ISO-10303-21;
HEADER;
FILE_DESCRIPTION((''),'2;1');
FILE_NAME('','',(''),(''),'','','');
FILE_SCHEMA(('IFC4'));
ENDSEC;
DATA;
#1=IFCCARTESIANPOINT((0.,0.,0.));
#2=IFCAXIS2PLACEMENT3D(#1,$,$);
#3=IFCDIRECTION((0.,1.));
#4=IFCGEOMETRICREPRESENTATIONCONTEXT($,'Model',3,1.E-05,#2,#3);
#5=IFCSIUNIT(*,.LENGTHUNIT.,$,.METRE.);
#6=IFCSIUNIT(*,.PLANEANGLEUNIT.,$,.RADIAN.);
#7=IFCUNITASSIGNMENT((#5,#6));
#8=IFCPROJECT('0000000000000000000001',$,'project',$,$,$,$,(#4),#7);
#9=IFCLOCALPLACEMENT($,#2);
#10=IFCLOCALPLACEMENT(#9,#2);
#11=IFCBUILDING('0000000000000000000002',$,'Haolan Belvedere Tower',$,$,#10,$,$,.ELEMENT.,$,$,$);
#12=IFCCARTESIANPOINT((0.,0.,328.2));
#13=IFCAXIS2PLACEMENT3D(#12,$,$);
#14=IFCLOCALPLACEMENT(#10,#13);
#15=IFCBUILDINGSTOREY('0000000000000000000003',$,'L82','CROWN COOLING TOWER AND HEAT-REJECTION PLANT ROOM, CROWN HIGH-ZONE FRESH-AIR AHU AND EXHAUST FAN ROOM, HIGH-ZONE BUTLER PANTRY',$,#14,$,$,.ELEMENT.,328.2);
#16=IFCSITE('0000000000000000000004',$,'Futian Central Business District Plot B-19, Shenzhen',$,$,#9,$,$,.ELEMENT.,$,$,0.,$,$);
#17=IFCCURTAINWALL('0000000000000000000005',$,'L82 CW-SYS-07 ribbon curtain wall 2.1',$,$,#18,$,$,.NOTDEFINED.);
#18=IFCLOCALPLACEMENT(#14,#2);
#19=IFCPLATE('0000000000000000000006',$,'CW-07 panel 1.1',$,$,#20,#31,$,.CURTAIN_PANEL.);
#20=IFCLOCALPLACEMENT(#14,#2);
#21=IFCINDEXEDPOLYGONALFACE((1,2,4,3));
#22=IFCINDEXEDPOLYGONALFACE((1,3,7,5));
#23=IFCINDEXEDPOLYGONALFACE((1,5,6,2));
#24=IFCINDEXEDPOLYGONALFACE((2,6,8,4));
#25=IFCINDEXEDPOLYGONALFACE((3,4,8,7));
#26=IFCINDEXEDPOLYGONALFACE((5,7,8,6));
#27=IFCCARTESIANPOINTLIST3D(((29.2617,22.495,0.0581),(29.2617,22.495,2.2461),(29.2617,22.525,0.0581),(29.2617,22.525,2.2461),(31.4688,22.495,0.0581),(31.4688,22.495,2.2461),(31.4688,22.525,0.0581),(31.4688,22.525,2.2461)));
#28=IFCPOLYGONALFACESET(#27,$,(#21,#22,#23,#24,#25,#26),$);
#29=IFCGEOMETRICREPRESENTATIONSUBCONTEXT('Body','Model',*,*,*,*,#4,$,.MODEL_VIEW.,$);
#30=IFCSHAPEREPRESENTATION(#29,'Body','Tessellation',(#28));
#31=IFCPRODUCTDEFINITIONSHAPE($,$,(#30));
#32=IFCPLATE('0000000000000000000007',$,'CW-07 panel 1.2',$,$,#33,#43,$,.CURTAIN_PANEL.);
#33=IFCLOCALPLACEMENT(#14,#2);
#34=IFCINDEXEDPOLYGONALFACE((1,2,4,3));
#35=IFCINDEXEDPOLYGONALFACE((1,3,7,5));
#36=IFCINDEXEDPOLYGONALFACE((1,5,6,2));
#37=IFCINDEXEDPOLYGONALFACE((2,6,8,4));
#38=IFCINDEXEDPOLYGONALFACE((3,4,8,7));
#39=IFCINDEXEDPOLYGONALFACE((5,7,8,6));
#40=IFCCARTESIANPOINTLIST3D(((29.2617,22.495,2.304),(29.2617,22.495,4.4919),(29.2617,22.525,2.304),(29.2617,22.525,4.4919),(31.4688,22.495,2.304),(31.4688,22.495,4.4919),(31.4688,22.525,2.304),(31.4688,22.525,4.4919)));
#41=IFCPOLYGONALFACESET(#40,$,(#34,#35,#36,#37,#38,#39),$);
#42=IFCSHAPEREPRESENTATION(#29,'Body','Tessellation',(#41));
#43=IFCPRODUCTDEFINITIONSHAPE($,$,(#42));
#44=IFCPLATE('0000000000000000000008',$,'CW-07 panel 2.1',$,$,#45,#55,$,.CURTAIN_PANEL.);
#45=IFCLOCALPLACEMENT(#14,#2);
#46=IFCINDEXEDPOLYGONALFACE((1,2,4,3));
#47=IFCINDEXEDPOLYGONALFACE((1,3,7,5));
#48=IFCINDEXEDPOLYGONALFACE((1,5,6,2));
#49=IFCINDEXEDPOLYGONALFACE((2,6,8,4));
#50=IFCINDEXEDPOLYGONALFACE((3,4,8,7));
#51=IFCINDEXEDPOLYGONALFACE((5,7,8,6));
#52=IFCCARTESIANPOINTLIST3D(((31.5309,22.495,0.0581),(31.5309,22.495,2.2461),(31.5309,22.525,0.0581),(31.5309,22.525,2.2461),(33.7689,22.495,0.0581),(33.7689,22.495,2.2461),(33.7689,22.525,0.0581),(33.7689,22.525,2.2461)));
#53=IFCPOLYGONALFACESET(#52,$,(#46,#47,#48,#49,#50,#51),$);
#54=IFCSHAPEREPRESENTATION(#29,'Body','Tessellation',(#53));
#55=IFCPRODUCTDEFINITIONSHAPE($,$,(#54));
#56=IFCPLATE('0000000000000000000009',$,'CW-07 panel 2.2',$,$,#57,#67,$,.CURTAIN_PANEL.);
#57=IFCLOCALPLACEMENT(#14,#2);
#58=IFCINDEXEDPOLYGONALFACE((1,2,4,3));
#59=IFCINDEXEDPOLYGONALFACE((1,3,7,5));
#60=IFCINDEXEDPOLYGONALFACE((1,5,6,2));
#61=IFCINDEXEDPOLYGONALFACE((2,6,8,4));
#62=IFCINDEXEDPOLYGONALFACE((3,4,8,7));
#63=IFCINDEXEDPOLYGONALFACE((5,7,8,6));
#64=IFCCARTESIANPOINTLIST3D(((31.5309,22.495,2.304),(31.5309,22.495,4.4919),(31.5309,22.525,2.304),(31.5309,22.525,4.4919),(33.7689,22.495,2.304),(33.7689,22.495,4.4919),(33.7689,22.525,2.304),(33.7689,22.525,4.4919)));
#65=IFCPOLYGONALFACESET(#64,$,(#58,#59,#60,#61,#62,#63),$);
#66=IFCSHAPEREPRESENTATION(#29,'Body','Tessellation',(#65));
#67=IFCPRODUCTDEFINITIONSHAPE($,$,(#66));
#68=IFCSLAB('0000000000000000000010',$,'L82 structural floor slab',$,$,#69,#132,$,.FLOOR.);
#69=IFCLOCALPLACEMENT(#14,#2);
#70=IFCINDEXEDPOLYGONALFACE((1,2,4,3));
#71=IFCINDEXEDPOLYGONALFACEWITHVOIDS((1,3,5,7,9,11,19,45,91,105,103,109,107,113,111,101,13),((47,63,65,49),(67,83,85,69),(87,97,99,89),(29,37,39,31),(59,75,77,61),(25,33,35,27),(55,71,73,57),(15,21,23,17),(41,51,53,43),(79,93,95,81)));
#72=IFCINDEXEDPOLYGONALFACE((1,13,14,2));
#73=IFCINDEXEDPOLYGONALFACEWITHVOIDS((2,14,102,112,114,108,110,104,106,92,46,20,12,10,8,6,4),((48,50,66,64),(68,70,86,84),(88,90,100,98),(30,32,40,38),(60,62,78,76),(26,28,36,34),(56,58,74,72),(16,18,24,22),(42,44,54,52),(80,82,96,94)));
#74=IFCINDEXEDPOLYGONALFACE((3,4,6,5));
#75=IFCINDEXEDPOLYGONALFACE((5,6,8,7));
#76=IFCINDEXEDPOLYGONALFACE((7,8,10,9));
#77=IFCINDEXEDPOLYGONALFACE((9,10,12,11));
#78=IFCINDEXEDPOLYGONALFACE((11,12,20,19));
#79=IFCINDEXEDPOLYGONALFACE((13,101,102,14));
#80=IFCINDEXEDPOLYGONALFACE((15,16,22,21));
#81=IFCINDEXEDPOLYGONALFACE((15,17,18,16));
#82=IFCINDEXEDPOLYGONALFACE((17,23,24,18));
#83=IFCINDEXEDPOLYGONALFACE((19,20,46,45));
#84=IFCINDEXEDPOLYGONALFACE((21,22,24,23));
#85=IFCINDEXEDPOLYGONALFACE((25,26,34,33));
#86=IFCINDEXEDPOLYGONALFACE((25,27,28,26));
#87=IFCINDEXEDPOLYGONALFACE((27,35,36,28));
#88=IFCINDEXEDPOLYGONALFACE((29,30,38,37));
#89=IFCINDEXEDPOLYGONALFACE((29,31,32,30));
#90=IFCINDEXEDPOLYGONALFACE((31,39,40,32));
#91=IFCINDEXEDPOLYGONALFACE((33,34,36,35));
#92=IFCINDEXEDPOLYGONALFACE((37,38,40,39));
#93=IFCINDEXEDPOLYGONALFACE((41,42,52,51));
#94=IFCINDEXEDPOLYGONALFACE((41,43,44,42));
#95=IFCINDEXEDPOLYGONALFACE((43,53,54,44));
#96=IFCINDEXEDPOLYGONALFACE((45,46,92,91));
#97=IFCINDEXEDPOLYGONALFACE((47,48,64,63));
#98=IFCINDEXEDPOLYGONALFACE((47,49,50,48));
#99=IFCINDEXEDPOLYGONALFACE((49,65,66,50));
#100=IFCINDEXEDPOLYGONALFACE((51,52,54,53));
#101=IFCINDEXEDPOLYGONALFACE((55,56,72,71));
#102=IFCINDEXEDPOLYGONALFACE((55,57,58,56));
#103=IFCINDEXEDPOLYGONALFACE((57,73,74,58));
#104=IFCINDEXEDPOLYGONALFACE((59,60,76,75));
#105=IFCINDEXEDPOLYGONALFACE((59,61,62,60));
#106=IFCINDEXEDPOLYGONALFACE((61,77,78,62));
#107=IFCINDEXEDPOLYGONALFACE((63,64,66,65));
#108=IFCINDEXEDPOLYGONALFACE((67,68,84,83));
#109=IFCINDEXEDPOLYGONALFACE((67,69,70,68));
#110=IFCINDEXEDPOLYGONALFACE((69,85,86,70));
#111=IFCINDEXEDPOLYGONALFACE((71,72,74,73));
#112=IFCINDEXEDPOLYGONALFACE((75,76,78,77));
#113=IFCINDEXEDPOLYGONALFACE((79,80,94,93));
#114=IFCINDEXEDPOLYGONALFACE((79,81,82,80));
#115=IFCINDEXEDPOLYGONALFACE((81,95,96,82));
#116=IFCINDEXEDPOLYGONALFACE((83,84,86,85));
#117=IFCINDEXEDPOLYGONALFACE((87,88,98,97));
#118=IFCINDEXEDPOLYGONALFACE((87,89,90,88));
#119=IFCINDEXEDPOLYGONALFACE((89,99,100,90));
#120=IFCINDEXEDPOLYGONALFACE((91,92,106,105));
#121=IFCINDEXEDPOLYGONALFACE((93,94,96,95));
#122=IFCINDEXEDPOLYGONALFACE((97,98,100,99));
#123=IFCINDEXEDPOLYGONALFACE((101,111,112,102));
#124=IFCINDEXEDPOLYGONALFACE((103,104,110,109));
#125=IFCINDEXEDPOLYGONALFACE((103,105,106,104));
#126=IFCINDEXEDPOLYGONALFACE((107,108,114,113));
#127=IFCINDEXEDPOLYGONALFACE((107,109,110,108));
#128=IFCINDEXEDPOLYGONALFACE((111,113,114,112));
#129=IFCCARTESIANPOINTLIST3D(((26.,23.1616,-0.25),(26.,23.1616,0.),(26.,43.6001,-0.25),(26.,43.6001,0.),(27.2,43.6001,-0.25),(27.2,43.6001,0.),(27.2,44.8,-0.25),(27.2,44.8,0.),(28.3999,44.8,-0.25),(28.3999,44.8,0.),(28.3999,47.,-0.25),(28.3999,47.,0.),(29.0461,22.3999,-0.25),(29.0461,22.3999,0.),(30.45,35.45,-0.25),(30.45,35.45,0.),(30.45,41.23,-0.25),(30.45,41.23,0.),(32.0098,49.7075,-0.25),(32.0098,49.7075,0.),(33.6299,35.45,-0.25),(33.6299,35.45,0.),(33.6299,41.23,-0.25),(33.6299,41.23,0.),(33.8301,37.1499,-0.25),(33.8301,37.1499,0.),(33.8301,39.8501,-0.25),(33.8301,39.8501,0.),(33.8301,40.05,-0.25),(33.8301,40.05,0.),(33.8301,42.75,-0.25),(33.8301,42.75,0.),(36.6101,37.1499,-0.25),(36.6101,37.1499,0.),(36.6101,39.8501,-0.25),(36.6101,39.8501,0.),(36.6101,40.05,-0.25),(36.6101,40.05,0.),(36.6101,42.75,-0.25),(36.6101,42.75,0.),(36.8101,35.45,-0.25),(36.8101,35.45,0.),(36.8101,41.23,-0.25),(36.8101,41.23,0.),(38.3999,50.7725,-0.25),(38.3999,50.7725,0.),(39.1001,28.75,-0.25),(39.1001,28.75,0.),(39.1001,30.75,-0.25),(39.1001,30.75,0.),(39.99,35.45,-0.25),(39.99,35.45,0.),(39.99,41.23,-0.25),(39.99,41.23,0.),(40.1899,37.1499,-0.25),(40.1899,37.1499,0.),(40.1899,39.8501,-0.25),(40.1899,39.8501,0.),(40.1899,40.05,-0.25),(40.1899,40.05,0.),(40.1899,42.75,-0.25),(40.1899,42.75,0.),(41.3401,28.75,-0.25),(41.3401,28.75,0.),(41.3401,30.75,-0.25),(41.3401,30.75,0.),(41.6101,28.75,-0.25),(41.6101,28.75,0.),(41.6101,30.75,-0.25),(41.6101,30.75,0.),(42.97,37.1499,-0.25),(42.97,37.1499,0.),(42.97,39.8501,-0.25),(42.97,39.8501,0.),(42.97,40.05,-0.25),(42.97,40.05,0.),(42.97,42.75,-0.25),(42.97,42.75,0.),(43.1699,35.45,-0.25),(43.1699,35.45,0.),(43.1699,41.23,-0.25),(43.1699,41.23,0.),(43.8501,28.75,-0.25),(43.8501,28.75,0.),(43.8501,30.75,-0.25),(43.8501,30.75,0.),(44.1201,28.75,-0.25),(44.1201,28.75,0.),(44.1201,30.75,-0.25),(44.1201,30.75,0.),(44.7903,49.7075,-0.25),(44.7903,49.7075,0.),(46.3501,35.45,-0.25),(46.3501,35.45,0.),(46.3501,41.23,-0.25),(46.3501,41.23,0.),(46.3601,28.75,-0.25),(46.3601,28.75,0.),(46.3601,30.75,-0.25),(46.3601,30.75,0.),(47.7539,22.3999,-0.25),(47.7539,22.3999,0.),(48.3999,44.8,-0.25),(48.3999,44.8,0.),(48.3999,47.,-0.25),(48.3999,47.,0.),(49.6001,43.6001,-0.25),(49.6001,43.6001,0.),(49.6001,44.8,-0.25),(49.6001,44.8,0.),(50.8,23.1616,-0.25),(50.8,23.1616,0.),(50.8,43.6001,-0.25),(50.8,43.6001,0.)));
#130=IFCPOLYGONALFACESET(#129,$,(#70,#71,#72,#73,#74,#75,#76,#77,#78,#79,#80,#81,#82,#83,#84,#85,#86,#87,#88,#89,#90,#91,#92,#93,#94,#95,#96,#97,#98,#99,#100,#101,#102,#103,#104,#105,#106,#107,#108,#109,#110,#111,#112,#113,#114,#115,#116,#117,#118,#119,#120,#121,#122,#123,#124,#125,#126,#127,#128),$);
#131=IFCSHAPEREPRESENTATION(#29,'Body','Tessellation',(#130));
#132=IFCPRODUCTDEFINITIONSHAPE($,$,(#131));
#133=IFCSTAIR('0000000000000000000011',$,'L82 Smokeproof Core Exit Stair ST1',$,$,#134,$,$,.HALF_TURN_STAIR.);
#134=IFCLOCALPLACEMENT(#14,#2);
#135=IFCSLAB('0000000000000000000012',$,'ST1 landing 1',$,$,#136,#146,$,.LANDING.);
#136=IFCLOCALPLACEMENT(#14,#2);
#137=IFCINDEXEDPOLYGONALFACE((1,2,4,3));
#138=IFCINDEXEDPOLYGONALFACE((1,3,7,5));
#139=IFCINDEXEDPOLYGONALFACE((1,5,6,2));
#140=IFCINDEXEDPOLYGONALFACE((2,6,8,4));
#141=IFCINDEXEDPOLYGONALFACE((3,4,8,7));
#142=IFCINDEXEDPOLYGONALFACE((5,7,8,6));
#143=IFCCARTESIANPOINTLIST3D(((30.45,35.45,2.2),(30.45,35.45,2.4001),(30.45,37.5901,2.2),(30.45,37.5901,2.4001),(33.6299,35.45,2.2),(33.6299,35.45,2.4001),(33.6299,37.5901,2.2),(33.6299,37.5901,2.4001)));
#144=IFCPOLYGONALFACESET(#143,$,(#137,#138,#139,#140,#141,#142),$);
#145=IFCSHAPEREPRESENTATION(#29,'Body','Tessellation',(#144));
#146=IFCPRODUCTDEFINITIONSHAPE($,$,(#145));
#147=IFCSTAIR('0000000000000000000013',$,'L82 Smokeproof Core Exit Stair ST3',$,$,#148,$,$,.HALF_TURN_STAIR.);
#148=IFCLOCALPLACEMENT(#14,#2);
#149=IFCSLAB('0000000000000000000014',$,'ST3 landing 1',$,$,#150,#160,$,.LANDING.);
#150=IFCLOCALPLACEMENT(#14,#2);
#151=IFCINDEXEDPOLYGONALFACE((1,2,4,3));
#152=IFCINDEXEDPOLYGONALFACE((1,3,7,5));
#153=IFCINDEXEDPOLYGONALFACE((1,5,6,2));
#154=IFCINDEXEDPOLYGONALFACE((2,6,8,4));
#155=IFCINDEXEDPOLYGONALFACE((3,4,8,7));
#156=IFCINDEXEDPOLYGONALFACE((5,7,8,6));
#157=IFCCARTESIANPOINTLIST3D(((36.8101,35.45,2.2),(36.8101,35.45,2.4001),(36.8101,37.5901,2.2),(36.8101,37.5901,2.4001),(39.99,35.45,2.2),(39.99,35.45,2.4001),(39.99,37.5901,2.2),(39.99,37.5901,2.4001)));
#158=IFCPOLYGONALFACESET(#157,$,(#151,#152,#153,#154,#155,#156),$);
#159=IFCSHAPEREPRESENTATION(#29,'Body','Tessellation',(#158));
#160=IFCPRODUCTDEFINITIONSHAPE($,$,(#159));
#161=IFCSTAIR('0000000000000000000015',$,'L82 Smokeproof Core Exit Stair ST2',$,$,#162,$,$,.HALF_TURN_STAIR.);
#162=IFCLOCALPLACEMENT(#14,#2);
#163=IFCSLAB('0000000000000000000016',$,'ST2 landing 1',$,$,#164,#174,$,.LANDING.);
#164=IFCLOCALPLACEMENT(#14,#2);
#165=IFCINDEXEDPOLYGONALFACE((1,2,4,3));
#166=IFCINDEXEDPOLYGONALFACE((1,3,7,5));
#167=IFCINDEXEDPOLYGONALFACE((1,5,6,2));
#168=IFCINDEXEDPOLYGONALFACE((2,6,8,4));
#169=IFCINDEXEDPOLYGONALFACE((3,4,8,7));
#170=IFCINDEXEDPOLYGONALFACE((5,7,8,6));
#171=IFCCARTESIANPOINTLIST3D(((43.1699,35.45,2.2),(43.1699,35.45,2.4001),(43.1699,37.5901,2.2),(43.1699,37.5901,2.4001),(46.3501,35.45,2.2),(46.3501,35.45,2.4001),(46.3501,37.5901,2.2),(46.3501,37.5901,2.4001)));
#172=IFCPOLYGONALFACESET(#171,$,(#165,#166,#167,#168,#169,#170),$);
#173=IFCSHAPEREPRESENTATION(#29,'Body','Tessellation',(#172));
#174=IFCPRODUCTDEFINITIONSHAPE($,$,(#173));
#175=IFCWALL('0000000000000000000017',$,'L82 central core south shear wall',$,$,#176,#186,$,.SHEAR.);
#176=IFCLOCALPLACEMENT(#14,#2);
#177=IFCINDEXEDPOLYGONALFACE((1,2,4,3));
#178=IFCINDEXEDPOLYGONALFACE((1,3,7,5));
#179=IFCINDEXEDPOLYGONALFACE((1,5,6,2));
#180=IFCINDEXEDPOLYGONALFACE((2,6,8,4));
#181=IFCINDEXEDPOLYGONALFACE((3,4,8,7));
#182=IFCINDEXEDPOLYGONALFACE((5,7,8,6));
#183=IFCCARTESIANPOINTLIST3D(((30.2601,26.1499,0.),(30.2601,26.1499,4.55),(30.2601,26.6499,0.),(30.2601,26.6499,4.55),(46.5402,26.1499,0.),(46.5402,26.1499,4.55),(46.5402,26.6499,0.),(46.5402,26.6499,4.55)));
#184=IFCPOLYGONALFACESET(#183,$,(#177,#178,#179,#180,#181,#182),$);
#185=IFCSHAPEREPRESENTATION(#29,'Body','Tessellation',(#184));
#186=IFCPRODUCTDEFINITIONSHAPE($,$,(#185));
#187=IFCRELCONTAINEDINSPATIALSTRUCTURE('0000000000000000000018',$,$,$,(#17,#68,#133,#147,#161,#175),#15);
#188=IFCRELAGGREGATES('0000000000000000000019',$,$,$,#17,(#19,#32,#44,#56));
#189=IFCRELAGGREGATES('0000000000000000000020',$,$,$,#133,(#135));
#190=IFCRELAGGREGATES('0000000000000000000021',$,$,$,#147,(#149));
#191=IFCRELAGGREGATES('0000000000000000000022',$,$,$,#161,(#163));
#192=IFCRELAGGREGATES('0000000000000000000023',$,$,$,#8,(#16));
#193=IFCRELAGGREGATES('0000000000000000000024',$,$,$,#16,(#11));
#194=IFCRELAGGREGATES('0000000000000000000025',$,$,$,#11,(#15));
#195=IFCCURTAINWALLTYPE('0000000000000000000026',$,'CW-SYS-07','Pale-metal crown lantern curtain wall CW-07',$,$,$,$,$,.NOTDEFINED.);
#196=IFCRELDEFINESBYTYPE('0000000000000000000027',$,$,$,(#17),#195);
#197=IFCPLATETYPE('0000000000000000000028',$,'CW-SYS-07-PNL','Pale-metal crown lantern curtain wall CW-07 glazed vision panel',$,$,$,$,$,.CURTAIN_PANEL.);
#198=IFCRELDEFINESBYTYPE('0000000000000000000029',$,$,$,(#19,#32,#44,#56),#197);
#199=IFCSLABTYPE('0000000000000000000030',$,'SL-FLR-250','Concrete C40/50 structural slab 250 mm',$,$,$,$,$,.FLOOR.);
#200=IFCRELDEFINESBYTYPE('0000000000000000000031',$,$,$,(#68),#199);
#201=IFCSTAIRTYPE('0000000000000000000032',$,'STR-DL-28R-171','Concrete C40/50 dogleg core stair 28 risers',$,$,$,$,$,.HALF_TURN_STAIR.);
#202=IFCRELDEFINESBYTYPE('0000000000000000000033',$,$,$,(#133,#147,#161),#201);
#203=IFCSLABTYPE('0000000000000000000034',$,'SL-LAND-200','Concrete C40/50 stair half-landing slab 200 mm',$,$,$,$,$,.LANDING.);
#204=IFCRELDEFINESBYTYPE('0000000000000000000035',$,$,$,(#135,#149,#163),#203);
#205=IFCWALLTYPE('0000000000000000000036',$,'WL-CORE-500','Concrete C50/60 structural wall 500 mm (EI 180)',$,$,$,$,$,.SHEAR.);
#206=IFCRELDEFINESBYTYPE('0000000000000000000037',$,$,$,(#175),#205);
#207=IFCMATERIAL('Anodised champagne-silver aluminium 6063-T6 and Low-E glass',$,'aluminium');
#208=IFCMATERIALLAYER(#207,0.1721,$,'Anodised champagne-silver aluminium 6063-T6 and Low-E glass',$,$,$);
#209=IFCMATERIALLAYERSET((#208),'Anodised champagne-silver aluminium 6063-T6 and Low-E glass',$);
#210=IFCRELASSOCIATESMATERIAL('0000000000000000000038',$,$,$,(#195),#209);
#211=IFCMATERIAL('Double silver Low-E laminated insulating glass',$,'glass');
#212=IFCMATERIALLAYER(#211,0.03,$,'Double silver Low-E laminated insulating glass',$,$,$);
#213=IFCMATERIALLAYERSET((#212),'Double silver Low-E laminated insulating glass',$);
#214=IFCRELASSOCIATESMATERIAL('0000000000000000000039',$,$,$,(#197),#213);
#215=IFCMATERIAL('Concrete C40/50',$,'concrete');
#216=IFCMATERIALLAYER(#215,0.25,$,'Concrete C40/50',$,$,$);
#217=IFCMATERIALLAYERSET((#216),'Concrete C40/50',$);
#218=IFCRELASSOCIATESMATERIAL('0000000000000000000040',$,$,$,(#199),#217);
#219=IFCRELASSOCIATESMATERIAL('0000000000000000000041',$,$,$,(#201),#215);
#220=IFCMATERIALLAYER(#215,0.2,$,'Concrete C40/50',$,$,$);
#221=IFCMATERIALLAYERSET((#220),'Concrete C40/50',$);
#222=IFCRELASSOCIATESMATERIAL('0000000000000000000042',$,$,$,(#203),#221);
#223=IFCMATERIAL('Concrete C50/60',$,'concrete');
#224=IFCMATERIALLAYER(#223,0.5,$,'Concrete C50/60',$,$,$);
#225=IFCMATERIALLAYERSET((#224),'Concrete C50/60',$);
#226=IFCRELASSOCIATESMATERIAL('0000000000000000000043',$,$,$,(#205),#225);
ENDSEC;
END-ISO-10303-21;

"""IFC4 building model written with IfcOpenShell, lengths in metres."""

from ifc_helpers import new_model, si_unit, direction, frame, frame_2d, origin, origin_2d, place, context, subcontext, project, spatial, polyline, rectangle, outline, extrude, material, layer, layer_set, type_object, element, aggregate, save


model = new_model("IFC4")

# Units and contexts
model_context = context("Model", 3, precision=1e-05, world=origin(), true_north=direction((0.0, 1.0)))
body_context = subcontext(model_context, "Body", "Model", "MODEL_VIEW")
ifc_project = project(units=[si_unit("LENGTHUNIT", "METRE"), si_unit("PLANEANGLEUNIT", "RADIAN")], contexts=[model_context])

# Site, building, storey
site_placement = place(None, origin())
site = spatial("IfcSite", under=ifc_project, at=site_placement, Name="Futian Central Business District Plot B-19, Shenzhen", CompositionType="ELEMENT", RefElevation=0.0)
building_placement = place(site_placement, origin())
building = spatial("IfcBuilding", under=site, at=building_placement, Name="Haolan Belvedere Tower", CompositionType="ELEMENT")
storey_placement = place(building_placement, frame((0.0, 0.0, 328.2)))
storey = spatial("IfcBuildingStorey", under=building, at=storey_placement, Name="L82", Description="CROWN COOLING TOWER AND HEAT-REJECTION PLANT ROOM, CROWN HIGH-ZONE FRESH-AIR AHU AND EXHAUST FAN ROOM, HIGH-ZONE BUTLER PANTRY", CompositionType="ELEMENT", Elevation=328.2)

# Curtain wall, plates
ifc_material_1 = material(Name="Anodised champagne-silver aluminium 6063-T6 and Low-E glass", Category="aluminium")
ifc_layer_1 = layer(ifc_material_1, 0.1721, Name="Anodised champagne-silver aluminium 6063-T6 and Low-E glass")
ifc_layer_set_1 = layer_set([ifc_layer_1], Name="Anodised champagne-silver aluminium 6063-T6 and Low-E glass")
curtain_wall_type = type_object("IfcCurtainWallType", Name="CW-SYS-07", Description="Pale-metal crown lantern curtain wall CW-07", PredefinedType="NOTDEFINED", material=ifc_layer_set_1)
curtain_wall_placement = place(storey_placement, origin())
curtain_wall = element("IfcCurtainWall", 1, at=curtain_wall_placement, inside=storey, type_object=curtain_wall_type, Name="L82 CW-SYS-07 ribbon curtain wall 2.1", PredefinedType="NOTDEFINED")
ifc_material_2 = material(Name="Double silver Low-E laminated insulating glass", Category="glass")
ifc_layer_2 = layer(ifc_material_2, 0.03, Name="Double silver Low-E laminated insulating glass")
ifc_layer_set_2 = layer_set([ifc_layer_2], Name="Double silver Low-E laminated insulating glass")
plate_type = type_object("IfcPlateType", Name="CW-SYS-07-PNL", Description="Pale-metal crown lantern curtain wall CW-07 glazed vision panel", PredefinedType="CURTAIN_PANEL", material=ifc_layer_set_2)
plate_1_placement = place(storey_placement, frame((30.3652, 22.51, 0.0581), z_axis=(0.0, 0.0, 1.0), x_axis=(1.0, 0.0, 0.0)))
plate_1 = element("IfcPlate", 2, at=plate_1_placement, type_object=plate_type, Name="CW-07 panel 1.1", PredefinedType="CURTAIN_PANEL", context=body_context, shape_type="SweptSolid", body=[
    extrude(rectangle(XDim=2.207, YDim=0.03, at=origin_2d()), origin(), (0.0, 0.0, 1.0), 2.188),
])
plate_2_placement = place(storey_placement, frame((30.3652, 22.51, 2.304), z_axis=(0.0, 0.0, 1.0), x_axis=(1.0, 0.0, 0.0)))
plate_2 = element("IfcPlate", 3, at=plate_2_placement, type_object=plate_type, Name="CW-07 panel 1.2", PredefinedType="CURTAIN_PANEL", context=body_context, shape_type="SweptSolid", body=[
    extrude(rectangle(XDim=2.207, YDim=0.03, at=origin_2d()), origin(), (0.0, 0.0, 1.0), 2.188),
])
plate_3_placement = place(storey_placement, frame((32.6499, 22.51, 0.0581), z_axis=(0.0, 0.0, 1.0), x_axis=(1.0, 0.0, 0.0)))
plate_3 = element("IfcPlate", 4, at=plate_3_placement, type_object=plate_type, Name="CW-07 panel 2.1", PredefinedType="CURTAIN_PANEL", context=body_context, shape_type="SweptSolid", body=[
    extrude(rectangle(XDim=2.238, YDim=0.03, at=origin_2d()), origin(), (0.0, 0.0, 1.0), 2.188),
])
plate_4_placement = place(storey_placement, frame((32.6499, 22.51, 2.304), z_axis=(0.0, 0.0, 1.0), x_axis=(1.0, 0.0, 0.0)))
plate_4 = element("IfcPlate", 5, at=plate_4_placement, type_object=plate_type, Name="CW-07 panel 2.2", PredefinedType="CURTAIN_PANEL", context=body_context, shape_type="SweptSolid", body=[
    extrude(rectangle(XDim=2.238, YDim=0.03, at=origin_2d()), origin(), (0.0, 0.0, 1.0), 2.188),
])
aggregate(curtain_wall, [plate_1, plate_2, plate_3, plate_4])

# Slab
ifc_material_3 = material(Name="Concrete C40/50", Category="concrete")
ifc_layer_3 = layer(ifc_material_3, 0.25, Name="Concrete C40/50")
ifc_layer_set_3 = layer_set([ifc_layer_3], Name="Concrete C40/50")
slab_type_1 = type_object("IfcSlabType", Name="SL-FLR-250", Description="Concrete C40/50 structural slab 250 mm", PredefinedType="FLOOR", material=ifc_layer_set_3)
slab_1_placement = place(storey_placement, frame((0.0, 0.0, -0.25)))
element("IfcSlab", 6, at=slab_1_placement, inside=storey, type_object=slab_type_1, Name="L82 structural floor slab", PredefinedType="FLOOR", context=body_context, shape_type="SweptSolid", body=[
    extrude(outline(polyline([(26.0, 43.6001), (27.2, 43.6001), (27.2, 44.8), (28.3999, 44.8), (28.3999, 47.0), (32.0098, 49.7075), (38.3999, 50.7725), (44.7903, 49.7075), (48.3999, 47.0), (48.3999, 44.8), (49.6001, 44.8), (49.6001, 43.6001), (50.8, 43.6001), (50.8, 23.1616), (47.7539, 22.3999), (29.0461, 22.3999), (26.0, 23.1616), (26.0, 43.6001)]), holes=[polyline([(30.45, 41.23), (30.45, 35.45), (33.6299, 35.45), (33.6299, 41.23), (30.45, 41.23)]), polyline([(36.8101, 41.23), (36.8101, 35.45), (39.99, 35.45), (39.99, 41.23), (36.8101, 41.23)]), polyline([(43.1699, 41.23), (43.1699, 35.45), (46.3501, 35.45), (46.3501, 41.23), (43.1699, 41.23)]), polyline([(33.8301, 40.05), (36.6101, 40.05), (36.6101, 42.75), (33.8301, 42.75), (33.8301, 40.05)]), polyline([(33.8301, 37.1499), (36.6101, 37.1499), (36.6101, 39.8501), (33.8301, 39.8501), (33.8301, 37.1499)]), polyline([(40.1899, 40.05), (42.97, 40.05), (42.97, 42.75), (40.1899, 42.75), (40.1899, 40.05)]), polyline([(40.1899, 37.1499), (42.97, 37.1499), (42.97, 39.8501), (40.1899, 39.8501), (40.1899, 37.1499)]), polyline([(39.1001, 28.75), (41.3401, 28.75), (41.3401, 30.75), (39.1001, 30.75), (39.1001, 28.75)]), polyline([(41.6101, 28.75), (43.8501, 28.75), (43.8501, 30.75), (41.6101, 30.75), (41.6101, 28.75)]), polyline([(44.1201, 28.75), (46.3601, 28.75), (46.3601, 30.75), (44.1201, 30.75), (44.1201, 28.75)])]), origin(), (0.0, 0.0, 1.0), 0.25),
])

# Stairs, slabs
stair_type = type_object("IfcStairType", Name="STR-DL-28R-171", Description="Concrete C40/50 dogleg core stair 28 risers", PredefinedType="HALF_TURN_STAIR", material=ifc_material_3)
stair_1_placement = place(storey_placement, origin())
stair_1 = element("IfcStair", 7, at=stair_1_placement, inside=storey, type_object=stair_type, Name="L82 Smokeproof Core Exit Stair ST1", PredefinedType="HALF_TURN_STAIR")
ifc_layer_4 = layer(ifc_material_3, 0.2, Name="Concrete C40/50")
ifc_layer_set_4 = layer_set([ifc_layer_4], Name="Concrete C40/50")
slab_type_2 = type_object("IfcSlabType", Name="SL-LAND-200", Description="Concrete C40/50 stair half-landing slab 200 mm", PredefinedType="LANDING", material=ifc_layer_set_4)
slab_2_placement = place(storey_placement, frame((0.0, 0.0, 2.2)))
slab_2 = element("IfcSlab", 8, at=slab_2_placement, type_object=slab_type_2, Name="ST1 landing 1", PredefinedType="LANDING", context=body_context, shape_type="SweptSolid", body=[
    extrude(outline(polyline([(30.45, 37.5901), (30.45, 35.45), (33.6299, 35.45), (33.6299, 37.5901), (30.45, 37.5901)])), origin(), (0.0, 0.0, 1.0), 0.2002),
])
aggregate(stair_1, [slab_2])
stair_2_placement = place(storey_placement, origin())
stair_2 = element("IfcStair", 9, at=stair_2_placement, inside=storey, type_object=stair_type, Name="L82 Smokeproof Core Exit Stair ST3", PredefinedType="HALF_TURN_STAIR")
slab_3_placement = place(storey_placement, frame((0.0, 0.0, 2.2)))
slab_3 = element("IfcSlab", 10, at=slab_3_placement, type_object=slab_type_2, Name="ST3 landing 1", PredefinedType="LANDING", context=body_context, shape_type="SweptSolid", body=[
    extrude(outline(polyline([(36.8101, 37.5901), (36.8101, 35.45), (39.99, 35.45), (39.99, 37.5901), (36.8101, 37.5901)])), origin(), (0.0, 0.0, 1.0), 0.2002),
])
aggregate(stair_2, [slab_3])
stair_3_placement = place(storey_placement, origin())
stair_3 = element("IfcStair", 11, at=stair_3_placement, inside=storey, type_object=stair_type, Name="L82 Smokeproof Core Exit Stair ST2", PredefinedType="HALF_TURN_STAIR")
slab_4_placement = place(storey_placement, frame((0.0, 0.0, 2.2)))
slab_4 = element("IfcSlab", 12, at=slab_4_placement, type_object=slab_type_2, Name="ST2 landing 1", PredefinedType="LANDING", context=body_context, shape_type="SweptSolid", body=[
    extrude(outline(polyline([(43.1699, 37.5901), (43.1699, 35.45), (46.3501, 35.45), (46.3501, 37.5901), (43.1699, 37.5901)])), origin(), (0.0, 0.0, 1.0), 0.2002),
])
aggregate(stair_3, [slab_4])

# Wall
ifc_material_4 = material(Name="Concrete C50/60", Category="concrete")
ifc_layer_5 = layer(ifc_material_4, 0.5, Name="Concrete C50/60")
ifc_layer_set_5 = layer_set([ifc_layer_5], Name="Concrete C50/60")
wall_type_1 = type_object("IfcWallType", Name="WL-CORE-500", Description="Concrete C50/60 structural wall 500 mm (EI 180)", PredefinedType="SHEAR", material=ifc_layer_set_5)
wall_1_placement = place(storey_placement, frame((30.26, 26.3999, 0.0), z_axis=(0.0, 0.0, 1.0), x_axis=(1.0, 0.0, 0.0)))
element("IfcWall", 13, at=wall_1_placement, inside=storey, type_object=wall_type_1, Name="L82 central core south shear wall", PredefinedType="SHEAR", context=body_context, shape_type="SweptSolid", body=[
    extrude(rectangle(XDim=16.28, YDim=0.5, at=frame_2d((8.1401, 0.0))), origin(), (0.0, 0.0, 1.0), 4.55),
])

save(model, "model.ifc")
